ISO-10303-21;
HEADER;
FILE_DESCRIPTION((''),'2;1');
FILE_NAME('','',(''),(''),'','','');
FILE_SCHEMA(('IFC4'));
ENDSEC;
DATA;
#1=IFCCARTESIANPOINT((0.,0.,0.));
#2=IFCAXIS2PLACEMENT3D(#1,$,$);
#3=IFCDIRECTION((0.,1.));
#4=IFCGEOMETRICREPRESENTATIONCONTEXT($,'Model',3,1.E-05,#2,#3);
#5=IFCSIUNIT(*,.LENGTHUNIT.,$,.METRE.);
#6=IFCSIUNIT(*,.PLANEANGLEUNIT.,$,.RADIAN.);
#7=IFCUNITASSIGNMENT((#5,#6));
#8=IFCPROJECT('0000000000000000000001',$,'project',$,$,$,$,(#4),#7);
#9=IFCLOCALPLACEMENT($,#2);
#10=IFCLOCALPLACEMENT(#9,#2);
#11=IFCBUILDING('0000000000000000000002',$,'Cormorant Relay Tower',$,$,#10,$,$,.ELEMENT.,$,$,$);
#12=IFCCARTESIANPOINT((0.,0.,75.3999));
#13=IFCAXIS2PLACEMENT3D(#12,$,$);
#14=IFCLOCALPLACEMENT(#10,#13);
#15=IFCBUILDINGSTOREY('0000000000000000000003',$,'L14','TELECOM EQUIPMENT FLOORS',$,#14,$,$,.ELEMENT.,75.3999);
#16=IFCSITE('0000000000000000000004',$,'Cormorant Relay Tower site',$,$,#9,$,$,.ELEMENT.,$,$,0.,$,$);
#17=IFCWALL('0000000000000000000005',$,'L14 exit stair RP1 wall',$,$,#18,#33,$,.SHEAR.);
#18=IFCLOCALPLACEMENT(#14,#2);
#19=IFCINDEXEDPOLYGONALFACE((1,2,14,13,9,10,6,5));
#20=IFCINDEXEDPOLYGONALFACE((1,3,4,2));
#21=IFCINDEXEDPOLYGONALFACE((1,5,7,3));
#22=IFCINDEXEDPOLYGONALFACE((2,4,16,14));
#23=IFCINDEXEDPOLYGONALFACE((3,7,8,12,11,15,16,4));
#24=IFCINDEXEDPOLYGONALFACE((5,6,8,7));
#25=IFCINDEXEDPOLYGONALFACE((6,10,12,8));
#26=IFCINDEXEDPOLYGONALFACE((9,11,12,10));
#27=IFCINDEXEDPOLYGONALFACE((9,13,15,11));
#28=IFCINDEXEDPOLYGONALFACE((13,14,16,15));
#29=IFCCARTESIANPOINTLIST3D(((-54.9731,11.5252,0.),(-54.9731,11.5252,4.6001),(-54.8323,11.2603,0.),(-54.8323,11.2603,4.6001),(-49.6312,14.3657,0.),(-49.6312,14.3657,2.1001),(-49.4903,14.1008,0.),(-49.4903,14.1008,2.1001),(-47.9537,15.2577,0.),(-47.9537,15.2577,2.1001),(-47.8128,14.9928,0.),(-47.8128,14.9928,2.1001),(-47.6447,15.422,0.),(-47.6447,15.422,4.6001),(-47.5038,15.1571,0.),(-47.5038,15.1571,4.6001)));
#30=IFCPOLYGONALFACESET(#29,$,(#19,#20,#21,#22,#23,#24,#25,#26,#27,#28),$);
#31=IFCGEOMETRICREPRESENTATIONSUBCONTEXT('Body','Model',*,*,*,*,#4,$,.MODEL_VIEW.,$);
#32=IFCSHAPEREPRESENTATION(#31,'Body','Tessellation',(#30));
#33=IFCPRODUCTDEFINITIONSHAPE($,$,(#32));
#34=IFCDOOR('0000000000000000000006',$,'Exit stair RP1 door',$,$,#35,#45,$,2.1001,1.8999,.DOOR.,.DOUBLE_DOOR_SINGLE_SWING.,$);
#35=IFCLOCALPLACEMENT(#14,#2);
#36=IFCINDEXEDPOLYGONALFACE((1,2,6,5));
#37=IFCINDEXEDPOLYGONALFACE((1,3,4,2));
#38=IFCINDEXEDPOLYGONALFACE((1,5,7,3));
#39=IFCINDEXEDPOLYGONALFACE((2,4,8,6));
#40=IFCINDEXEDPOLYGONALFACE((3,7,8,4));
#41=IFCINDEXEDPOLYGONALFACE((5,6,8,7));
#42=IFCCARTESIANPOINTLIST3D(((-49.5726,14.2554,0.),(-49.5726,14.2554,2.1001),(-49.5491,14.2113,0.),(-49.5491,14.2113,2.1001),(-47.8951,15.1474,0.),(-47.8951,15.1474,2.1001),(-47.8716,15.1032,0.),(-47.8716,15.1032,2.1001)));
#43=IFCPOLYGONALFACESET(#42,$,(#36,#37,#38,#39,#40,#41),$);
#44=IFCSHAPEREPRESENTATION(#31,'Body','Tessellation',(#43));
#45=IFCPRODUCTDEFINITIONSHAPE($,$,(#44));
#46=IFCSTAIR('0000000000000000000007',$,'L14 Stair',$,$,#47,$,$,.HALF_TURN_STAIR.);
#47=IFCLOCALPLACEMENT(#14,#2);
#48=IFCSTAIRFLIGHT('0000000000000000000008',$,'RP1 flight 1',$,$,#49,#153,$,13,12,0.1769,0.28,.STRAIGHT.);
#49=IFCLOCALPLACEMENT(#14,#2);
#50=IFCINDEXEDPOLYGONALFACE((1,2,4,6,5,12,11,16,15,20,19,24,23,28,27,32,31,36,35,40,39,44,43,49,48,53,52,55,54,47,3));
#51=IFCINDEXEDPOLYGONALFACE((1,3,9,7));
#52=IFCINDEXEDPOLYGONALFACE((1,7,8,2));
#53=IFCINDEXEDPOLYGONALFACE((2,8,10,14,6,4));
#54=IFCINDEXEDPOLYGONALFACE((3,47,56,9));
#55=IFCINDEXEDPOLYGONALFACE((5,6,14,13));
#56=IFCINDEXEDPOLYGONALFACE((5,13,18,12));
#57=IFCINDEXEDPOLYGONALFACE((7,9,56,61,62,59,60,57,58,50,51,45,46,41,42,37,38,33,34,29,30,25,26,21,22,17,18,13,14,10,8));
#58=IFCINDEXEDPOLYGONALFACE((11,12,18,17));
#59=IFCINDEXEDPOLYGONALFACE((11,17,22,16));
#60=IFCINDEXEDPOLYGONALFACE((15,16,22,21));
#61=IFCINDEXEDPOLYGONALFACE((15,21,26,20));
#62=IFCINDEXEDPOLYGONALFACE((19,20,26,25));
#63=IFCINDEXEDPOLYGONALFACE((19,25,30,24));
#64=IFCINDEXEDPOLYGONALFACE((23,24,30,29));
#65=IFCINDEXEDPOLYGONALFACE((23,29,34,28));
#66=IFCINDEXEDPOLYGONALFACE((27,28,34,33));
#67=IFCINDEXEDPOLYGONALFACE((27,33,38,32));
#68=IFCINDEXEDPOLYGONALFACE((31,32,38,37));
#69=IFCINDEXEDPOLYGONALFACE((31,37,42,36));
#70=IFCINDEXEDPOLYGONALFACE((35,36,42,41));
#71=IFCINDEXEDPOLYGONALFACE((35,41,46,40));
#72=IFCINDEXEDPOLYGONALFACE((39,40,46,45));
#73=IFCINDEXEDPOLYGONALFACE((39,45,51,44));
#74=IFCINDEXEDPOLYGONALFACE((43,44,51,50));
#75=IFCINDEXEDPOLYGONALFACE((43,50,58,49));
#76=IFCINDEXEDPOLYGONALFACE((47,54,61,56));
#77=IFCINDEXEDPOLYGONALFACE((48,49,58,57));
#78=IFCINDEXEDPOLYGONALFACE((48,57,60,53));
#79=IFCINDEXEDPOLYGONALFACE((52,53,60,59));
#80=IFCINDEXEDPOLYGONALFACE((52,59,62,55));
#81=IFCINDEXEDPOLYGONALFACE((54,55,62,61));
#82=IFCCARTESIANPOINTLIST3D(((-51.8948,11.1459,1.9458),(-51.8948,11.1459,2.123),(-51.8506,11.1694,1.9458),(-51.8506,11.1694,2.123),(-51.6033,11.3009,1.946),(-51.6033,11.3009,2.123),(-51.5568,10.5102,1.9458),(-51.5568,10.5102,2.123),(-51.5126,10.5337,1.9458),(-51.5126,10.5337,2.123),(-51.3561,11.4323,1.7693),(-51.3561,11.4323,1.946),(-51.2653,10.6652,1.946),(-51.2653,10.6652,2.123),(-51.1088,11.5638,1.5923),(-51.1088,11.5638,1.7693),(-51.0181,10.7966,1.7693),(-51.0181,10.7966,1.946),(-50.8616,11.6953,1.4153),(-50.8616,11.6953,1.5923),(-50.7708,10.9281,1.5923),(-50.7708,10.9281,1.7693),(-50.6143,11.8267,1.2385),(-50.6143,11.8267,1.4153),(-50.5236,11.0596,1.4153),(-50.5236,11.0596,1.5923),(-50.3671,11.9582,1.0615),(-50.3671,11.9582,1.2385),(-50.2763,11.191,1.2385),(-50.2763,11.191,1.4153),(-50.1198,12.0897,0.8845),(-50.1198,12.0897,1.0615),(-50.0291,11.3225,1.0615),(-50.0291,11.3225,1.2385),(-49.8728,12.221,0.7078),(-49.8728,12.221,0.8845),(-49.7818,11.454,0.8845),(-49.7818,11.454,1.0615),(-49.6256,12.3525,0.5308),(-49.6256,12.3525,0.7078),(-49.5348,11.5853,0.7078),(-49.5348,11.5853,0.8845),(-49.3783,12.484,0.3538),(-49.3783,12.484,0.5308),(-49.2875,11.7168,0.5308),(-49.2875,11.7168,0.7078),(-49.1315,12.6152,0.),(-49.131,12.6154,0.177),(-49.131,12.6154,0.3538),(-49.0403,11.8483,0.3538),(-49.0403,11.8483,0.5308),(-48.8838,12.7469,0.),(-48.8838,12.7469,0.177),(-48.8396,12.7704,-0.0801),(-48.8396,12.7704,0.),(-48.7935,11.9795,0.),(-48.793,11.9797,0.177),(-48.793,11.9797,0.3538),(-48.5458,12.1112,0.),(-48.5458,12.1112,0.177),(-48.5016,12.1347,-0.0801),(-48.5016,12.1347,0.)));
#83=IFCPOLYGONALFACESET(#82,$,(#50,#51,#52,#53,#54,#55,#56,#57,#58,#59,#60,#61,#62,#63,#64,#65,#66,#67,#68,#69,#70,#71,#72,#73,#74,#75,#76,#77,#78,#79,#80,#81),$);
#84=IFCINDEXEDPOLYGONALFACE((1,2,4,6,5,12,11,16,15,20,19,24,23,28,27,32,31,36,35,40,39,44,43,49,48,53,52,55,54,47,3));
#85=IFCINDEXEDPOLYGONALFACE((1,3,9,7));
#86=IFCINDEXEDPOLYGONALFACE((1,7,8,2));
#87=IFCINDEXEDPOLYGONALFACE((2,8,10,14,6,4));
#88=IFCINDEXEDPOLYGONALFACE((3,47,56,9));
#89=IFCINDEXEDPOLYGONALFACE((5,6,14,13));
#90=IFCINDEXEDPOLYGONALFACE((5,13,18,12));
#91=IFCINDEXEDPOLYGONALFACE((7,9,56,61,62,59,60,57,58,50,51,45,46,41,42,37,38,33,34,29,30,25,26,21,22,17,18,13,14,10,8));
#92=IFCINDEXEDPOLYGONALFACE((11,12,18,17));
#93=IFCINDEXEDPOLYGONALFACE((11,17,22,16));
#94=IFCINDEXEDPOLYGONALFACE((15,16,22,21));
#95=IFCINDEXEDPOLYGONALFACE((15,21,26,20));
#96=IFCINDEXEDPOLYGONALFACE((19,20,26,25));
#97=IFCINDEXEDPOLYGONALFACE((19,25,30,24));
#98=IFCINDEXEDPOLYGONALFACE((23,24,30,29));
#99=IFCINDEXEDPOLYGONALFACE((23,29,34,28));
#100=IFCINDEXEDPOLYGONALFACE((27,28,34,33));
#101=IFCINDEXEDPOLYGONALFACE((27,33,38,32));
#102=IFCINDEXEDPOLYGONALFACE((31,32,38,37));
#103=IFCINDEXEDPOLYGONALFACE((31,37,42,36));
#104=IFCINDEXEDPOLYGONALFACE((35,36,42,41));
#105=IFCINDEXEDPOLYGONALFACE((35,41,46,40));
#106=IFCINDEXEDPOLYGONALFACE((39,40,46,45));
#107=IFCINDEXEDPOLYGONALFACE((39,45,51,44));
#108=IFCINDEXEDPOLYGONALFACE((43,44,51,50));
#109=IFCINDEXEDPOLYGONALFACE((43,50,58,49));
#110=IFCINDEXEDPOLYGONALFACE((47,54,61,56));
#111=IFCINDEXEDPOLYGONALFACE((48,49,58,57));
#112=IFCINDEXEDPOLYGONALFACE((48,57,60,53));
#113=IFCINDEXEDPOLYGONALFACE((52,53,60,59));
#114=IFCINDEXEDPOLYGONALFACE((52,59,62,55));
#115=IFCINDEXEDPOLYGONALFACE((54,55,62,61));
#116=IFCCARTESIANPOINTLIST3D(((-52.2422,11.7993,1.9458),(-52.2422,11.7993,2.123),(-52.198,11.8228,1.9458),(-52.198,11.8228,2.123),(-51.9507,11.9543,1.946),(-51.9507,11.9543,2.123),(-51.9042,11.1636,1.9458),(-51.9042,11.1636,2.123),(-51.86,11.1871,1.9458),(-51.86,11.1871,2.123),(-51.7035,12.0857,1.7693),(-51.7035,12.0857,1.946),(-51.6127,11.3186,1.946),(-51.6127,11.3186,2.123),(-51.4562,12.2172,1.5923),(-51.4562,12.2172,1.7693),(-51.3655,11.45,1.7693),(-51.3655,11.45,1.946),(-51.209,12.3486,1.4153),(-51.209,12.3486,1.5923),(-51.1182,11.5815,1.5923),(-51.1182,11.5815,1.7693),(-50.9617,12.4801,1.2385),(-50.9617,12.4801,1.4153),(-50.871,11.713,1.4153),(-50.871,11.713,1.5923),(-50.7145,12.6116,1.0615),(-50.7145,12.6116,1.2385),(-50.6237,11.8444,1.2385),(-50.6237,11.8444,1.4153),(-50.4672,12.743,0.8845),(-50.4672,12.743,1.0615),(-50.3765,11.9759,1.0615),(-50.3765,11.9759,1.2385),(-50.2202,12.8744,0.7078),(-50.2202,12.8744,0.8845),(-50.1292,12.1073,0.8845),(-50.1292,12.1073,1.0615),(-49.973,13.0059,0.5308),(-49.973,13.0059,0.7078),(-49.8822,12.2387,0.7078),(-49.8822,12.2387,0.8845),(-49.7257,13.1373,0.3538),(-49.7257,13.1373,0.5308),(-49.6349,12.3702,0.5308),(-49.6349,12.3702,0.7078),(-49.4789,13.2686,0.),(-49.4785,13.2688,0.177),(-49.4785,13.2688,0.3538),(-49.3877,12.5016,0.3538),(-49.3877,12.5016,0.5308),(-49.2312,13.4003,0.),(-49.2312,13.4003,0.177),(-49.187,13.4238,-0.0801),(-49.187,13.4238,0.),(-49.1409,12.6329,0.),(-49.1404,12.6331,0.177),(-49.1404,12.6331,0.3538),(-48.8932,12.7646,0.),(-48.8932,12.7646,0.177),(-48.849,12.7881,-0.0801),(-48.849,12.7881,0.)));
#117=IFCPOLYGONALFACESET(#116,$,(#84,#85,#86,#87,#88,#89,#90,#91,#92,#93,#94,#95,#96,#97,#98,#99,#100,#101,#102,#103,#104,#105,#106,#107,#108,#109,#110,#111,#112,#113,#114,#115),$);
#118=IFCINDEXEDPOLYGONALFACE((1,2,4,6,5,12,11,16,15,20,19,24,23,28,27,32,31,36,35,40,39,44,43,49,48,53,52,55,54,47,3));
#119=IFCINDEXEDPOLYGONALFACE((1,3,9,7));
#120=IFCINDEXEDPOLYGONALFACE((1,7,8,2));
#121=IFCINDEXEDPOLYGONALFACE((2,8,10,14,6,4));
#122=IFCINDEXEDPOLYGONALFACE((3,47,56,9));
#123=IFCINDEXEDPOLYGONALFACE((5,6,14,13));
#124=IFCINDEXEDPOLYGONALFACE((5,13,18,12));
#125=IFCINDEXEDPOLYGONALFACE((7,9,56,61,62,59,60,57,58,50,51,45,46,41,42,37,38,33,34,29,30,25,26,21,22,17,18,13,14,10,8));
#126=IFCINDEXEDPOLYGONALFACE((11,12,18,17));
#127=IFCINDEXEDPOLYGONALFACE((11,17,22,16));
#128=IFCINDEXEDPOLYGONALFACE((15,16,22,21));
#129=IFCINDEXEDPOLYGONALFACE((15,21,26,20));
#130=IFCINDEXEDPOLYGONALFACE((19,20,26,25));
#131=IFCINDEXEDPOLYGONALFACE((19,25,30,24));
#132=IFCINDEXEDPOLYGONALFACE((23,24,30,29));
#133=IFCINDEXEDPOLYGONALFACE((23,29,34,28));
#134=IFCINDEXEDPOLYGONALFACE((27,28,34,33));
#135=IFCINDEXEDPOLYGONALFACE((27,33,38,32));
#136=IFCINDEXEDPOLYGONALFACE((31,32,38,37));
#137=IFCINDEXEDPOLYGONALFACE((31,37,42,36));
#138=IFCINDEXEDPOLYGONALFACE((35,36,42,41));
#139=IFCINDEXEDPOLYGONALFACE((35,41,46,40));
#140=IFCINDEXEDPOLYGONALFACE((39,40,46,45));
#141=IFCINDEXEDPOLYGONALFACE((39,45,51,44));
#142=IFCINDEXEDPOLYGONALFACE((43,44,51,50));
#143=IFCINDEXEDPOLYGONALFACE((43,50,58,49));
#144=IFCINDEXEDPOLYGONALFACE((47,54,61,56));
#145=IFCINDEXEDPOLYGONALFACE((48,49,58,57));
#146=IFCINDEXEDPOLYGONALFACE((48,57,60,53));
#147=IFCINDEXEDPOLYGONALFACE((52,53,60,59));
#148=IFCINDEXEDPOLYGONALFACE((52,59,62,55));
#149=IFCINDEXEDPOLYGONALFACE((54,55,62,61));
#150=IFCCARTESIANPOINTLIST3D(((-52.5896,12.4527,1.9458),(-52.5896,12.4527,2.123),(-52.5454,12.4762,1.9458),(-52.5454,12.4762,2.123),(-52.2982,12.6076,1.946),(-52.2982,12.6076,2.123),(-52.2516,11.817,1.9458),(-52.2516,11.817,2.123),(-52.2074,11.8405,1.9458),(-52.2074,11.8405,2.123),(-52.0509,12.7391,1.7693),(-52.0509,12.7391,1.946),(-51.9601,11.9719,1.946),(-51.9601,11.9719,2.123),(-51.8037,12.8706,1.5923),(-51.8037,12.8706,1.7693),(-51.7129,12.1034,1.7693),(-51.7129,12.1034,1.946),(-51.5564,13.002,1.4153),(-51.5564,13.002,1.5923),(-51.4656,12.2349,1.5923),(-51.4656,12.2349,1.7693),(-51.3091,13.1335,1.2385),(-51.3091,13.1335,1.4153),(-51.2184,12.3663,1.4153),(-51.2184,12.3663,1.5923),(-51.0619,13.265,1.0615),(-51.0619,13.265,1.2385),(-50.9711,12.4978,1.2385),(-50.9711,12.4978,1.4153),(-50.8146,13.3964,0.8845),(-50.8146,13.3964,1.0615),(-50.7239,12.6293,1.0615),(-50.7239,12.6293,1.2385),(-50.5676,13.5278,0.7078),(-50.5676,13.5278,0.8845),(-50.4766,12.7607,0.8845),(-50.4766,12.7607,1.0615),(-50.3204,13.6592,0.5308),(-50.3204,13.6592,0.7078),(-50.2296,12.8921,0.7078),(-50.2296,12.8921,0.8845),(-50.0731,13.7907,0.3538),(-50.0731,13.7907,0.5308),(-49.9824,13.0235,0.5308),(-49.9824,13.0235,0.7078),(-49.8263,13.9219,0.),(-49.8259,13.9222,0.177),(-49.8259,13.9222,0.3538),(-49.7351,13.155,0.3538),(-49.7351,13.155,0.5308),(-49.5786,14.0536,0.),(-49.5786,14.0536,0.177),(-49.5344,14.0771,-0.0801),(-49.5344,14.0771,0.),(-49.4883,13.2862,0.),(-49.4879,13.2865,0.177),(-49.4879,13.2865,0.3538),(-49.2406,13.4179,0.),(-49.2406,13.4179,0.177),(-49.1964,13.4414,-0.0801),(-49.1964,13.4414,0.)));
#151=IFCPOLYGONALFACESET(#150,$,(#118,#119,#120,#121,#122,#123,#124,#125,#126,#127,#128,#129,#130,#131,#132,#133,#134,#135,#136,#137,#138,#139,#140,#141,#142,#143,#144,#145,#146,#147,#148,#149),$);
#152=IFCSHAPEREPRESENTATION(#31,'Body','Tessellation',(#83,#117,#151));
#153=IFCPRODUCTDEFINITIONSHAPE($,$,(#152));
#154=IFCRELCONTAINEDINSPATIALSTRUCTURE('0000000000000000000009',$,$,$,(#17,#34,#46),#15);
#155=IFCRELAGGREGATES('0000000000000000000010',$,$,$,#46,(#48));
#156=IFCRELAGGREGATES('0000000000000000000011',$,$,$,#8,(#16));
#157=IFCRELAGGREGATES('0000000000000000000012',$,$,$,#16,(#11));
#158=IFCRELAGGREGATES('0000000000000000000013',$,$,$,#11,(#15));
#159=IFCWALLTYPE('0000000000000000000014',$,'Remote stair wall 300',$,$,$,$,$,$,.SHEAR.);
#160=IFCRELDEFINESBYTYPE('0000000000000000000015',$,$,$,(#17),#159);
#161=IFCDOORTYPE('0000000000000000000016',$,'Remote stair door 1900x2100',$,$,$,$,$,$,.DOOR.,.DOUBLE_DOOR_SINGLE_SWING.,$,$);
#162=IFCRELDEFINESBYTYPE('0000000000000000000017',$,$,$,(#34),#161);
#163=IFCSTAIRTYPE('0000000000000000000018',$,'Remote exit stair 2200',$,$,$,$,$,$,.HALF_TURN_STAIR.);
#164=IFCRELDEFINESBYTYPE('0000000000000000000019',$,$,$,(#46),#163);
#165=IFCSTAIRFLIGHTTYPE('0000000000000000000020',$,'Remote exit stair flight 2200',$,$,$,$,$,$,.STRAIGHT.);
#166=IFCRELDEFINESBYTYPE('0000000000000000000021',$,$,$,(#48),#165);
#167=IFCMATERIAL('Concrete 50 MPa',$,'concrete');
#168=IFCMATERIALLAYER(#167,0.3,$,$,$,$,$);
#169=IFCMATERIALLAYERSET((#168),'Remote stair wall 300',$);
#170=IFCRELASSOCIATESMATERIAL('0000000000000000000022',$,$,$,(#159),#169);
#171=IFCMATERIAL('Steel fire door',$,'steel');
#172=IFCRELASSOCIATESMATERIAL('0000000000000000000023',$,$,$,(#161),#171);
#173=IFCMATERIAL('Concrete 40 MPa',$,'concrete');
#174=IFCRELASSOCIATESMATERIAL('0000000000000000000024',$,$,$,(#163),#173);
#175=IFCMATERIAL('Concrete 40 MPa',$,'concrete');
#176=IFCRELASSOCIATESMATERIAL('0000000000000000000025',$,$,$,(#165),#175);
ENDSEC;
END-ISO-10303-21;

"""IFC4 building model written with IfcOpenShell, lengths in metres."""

from ifc_helpers import new_model, si_unit, direction, frame, frame_2d, origin, place, context, subcontext, project, spatial, polyline, rectangle, outline, extrude, material, layer, layer_set, type_object, element, fill, aggregate, save


model = new_model("IFC4")

# Units and contexts
model_context = context("Model", 3, precision=1e-05, world=origin(), true_north=direction((0.0, 1.0)))
body_context = subcontext(model_context, "Body", "Model", "MODEL_VIEW")
ifc_project = project(units=[si_unit("LENGTHUNIT", "METRE"), si_unit("PLANEANGLEUNIT", "RADIAN")], contexts=[model_context])

# Site, building, storey
site_placement = place(None, origin())
site = spatial("IfcSite", under=ifc_project, at=site_placement, Name="Cormorant Relay Tower site", CompositionType="ELEMENT", RefElevation=0.0)
building_placement = place(site_placement, origin())
building = spatial("IfcBuilding", under=site, at=building_placement, Name="Cormorant Relay Tower", CompositionType="ELEMENT")
storey_placement = place(building_placement, frame((0.0, 0.0, 75.3999)))
storey = spatial("IfcBuildingStorey", under=building, at=storey_placement, Name="L14", Description="TELECOM EQUIPMENT FLOORS", CompositionType="ELEMENT", Elevation=75.3999)

# Shared definitions
ifc_material_1 = material(Name="Concrete 50 MPa", Category="concrete")
ifc_layer_1 = layer(ifc_material_1, 0.3)
ifc_layer_set_1 = layer_set([ifc_layer_1], Name="Remote stair wall 300")
wall_type_1 = type_object("IfcWallType", Name="Remote stair wall 300", PredefinedType="SHEAR", material=ifc_layer_set_1)

# Wall, opening, door
wall_1_placement = place(storey_placement, frame((-54.9026, 11.3928, 0.0), z_axis=(0.0, 0.0, 1.0), x_axis=(0.882939, 0.469487, 0.0)))
wall_1 = element("IfcWall", 1, at=wall_1_placement, inside=storey, type_object=wall_type_1, Name="L14 exit stair RP1 wall", PredefinedType="SHEAR", context=body_context, shape_type="SweptSolid", body=[
    extrude(rectangle(XDim=8.3, YDim=0.3, at=frame_2d((4.1499, 0.0))), origin(), (0.0, 0.0, 1.0), 4.6001),
])
opening_1_placement = place(wall_1_placement, frame((6.05, 0.0, 0.0)))
opening_1 = element("IfcOpeningElement", 2, at=opening_1_placement, cuts=wall_1, PredefinedType="OPENING", context=body_context, shape_type="SweptSolid", body=[
    extrude(rectangle(XDim=1.8999, YDim=2.1001, at=frame_2d((0.95, 1.05))), frame((0.0, 0.1599, 0.0), z_axis=(0.0, -1.0, 0.0), x_axis=(1.0, 0.0, 0.0)), (0.0, 0.0, 1.0), 0.3201),
])
ifc_material_2 = material(Name="Steel fire door", Category="steel")
door_type_1 = type_object("IfcDoorType", Name="Remote stair door 1900x2100", OperationType="DOUBLE_DOOR_SINGLE_SWING", PredefinedType="DOOR", material=ifc_material_2)
door_1_placement = place(opening_1_placement, frame((1.8999, 0.0, 0.0), z_axis=(0.0, 0.0, 1.0), x_axis=(-1.0, 0.0, 0.0)))
door_1 = element("IfcDoor", 3, at=door_1_placement, inside=storey, type_object=door_type_1, Name="Exit stair RP1 door", OperationType="DOUBLE_DOOR_SINGLE_SWING", OverallHeight=2.1001, OverallWidth=1.8999, PredefinedType="DOOR", context=body_context, shape_type="SweptSolid", body=[
    extrude(rectangle(XDim=1.8999, YDim=2.1001, at=frame_2d((0.95, 1.05))), frame((0.0, 0.0249, 0.0), z_axis=(0.0, -1.0, 0.0), x_axis=(1.0, 0.0, 0.0)), (0.0, 0.0, 1.0), 0.05),
])
fill(opening_1, door_1)

# Stair, stair flight
ifc_material_3 = material(Name="Concrete 40 MPa", Category="concrete")
stair_type = type_object("IfcStairType", Name="Remote exit stair 2200", PredefinedType="HALF_TURN_STAIR", material=ifc_material_3)
stair_placement = place(storey_placement, origin())
stair = element("IfcStair", 4, at=stair_placement, inside=storey, type_object=stair_type, Name="L14 Stair", PredefinedType="HALF_TURN_STAIR")
ifc_material_4 = material(Name="Concrete 40 MPa", Category="concrete")
stair_flight_type = type_object("IfcStairFlightType", Name="Remote exit stair flight 2200", PredefinedType="STRAIGHT", material=ifc_material_4)
stair_flight_1_placement = place(storey_placement, frame((-49.0623, 13.0825, 0.0), z_axis=(0.0, 0.0, 1.0), x_axis=(-0.882948, -0.469472, 0.0)))
stair_flight_1 = element("IfcStairFlight", 5, at=stair_flight_1_placement, type_object=stair_flight_type, Name="RP1 flight 1", NumberOfRisers=13, NumberOfTreads=12, PredefinedType="STRAIGHT", RiserHeight=0.1769, TreadLength=0.28, context=body_context, shape_type="SweptSolid", body=[
    extrude(outline(polyline([(-0.05, -0.0801), (-0.05, 0.0), (0.0, 0.0), (0.0, 0.177), (0.28, 0.177), (0.28, 0.3538), (0.5601, 0.3538), (0.5601, 0.5308), (0.8401, 0.5308), (0.8401, 0.7078), (1.1201, 0.7078), (1.1201, 0.8845), (1.3999, 0.8845), (1.3999, 1.0615), (1.6799, 1.0615), (1.6799, 1.2385), (1.96, 1.2385), (1.96, 1.4153), (2.24, 1.4153), (2.24, 1.5923), (2.52, 1.5923), (2.52, 1.7693), (2.8, 1.7693), (2.8, 1.946), (3.0801, 1.946), (3.0801, 2.123), (3.3601, 2.123), (3.4102, 2.123), (3.4102, 1.9458), (3.3601, 1.9458), (0.2805, 0.0), (-0.05, -0.0801)])), frame((0.0, 1.1001, 0.0), z_axis=(0.0, -1.0, 0.0), x_axis=(1.0, 0.0, 0.0)), (0.0, 0.0, 1.0), 0.72),
    extrude(outline(polyline([(-0.05, -0.0801), (-0.05, 0.0), (0.0, 0.0), (0.0, 0.177), (0.28, 0.177), (0.28, 0.3538), (0.5601, 0.3538), (0.5601, 0.5308), (0.8401, 0.5308), (0.8401, 0.7078), (1.1201, 0.7078), (1.1201, 0.8845), (1.3999, 0.8845), (1.3999, 1.0615), (1.6799, 1.0615), (1.6799, 1.2385), (1.96, 1.2385), (1.96, 1.4153), (2.24, 1.4153), (2.24, 1.5923), (2.52, 1.5923), (2.52, 1.7693), (2.8, 1.7693), (2.8, 1.946), (3.0801, 1.946), (3.0801, 2.123), (3.3601, 2.123), (3.4102, 2.123), (3.4102, 1.9458), (3.3601, 1.9458), (0.2805, 0.0), (-0.05, -0.0801)])), frame((0.0, 0.3601, 0.0), z_axis=(0.0, -1.0, 0.0), x_axis=(1.0, 0.0, 0.0)), (0.0, 0.0, 1.0), 0.72),
    extrude(outline(polyline([(-0.05, -0.0801), (-0.05, 0.0), (0.0, 0.0), (0.0, 0.177), (0.28, 0.177), (0.28, 0.3538), (0.5601, 0.3538), (0.5601, 0.5308), (0.8401, 0.5308), (0.8401, 0.7078), (1.1201, 0.7078), (1.1201, 0.8845), (1.3999, 0.8845), (1.3999, 1.0615), (1.6799, 1.0615), (1.6799, 1.2385), (1.96, 1.2385), (1.96, 1.4153), (2.24, 1.4153), (2.24, 1.5923), (2.52, 1.5923), (2.52, 1.7693), (2.8, 1.7693), (2.8, 1.946), (3.0801, 1.946), (3.0801, 2.123), (3.3601, 2.123), (3.4102, 2.123), (3.4102, 1.9458), (3.3601, 1.9458), (0.2805, 0.0), (-0.05, -0.0801)])), frame((0.0, -0.3799, 0.0), z_axis=(0.0, -1.0, 0.0), x_axis=(1.0, 0.0, 0.0)), (0.0, 0.0, 1.0), 0.72),
])
aggregate(stair, [stair_flight_1])

save(model, "model.ifc")
